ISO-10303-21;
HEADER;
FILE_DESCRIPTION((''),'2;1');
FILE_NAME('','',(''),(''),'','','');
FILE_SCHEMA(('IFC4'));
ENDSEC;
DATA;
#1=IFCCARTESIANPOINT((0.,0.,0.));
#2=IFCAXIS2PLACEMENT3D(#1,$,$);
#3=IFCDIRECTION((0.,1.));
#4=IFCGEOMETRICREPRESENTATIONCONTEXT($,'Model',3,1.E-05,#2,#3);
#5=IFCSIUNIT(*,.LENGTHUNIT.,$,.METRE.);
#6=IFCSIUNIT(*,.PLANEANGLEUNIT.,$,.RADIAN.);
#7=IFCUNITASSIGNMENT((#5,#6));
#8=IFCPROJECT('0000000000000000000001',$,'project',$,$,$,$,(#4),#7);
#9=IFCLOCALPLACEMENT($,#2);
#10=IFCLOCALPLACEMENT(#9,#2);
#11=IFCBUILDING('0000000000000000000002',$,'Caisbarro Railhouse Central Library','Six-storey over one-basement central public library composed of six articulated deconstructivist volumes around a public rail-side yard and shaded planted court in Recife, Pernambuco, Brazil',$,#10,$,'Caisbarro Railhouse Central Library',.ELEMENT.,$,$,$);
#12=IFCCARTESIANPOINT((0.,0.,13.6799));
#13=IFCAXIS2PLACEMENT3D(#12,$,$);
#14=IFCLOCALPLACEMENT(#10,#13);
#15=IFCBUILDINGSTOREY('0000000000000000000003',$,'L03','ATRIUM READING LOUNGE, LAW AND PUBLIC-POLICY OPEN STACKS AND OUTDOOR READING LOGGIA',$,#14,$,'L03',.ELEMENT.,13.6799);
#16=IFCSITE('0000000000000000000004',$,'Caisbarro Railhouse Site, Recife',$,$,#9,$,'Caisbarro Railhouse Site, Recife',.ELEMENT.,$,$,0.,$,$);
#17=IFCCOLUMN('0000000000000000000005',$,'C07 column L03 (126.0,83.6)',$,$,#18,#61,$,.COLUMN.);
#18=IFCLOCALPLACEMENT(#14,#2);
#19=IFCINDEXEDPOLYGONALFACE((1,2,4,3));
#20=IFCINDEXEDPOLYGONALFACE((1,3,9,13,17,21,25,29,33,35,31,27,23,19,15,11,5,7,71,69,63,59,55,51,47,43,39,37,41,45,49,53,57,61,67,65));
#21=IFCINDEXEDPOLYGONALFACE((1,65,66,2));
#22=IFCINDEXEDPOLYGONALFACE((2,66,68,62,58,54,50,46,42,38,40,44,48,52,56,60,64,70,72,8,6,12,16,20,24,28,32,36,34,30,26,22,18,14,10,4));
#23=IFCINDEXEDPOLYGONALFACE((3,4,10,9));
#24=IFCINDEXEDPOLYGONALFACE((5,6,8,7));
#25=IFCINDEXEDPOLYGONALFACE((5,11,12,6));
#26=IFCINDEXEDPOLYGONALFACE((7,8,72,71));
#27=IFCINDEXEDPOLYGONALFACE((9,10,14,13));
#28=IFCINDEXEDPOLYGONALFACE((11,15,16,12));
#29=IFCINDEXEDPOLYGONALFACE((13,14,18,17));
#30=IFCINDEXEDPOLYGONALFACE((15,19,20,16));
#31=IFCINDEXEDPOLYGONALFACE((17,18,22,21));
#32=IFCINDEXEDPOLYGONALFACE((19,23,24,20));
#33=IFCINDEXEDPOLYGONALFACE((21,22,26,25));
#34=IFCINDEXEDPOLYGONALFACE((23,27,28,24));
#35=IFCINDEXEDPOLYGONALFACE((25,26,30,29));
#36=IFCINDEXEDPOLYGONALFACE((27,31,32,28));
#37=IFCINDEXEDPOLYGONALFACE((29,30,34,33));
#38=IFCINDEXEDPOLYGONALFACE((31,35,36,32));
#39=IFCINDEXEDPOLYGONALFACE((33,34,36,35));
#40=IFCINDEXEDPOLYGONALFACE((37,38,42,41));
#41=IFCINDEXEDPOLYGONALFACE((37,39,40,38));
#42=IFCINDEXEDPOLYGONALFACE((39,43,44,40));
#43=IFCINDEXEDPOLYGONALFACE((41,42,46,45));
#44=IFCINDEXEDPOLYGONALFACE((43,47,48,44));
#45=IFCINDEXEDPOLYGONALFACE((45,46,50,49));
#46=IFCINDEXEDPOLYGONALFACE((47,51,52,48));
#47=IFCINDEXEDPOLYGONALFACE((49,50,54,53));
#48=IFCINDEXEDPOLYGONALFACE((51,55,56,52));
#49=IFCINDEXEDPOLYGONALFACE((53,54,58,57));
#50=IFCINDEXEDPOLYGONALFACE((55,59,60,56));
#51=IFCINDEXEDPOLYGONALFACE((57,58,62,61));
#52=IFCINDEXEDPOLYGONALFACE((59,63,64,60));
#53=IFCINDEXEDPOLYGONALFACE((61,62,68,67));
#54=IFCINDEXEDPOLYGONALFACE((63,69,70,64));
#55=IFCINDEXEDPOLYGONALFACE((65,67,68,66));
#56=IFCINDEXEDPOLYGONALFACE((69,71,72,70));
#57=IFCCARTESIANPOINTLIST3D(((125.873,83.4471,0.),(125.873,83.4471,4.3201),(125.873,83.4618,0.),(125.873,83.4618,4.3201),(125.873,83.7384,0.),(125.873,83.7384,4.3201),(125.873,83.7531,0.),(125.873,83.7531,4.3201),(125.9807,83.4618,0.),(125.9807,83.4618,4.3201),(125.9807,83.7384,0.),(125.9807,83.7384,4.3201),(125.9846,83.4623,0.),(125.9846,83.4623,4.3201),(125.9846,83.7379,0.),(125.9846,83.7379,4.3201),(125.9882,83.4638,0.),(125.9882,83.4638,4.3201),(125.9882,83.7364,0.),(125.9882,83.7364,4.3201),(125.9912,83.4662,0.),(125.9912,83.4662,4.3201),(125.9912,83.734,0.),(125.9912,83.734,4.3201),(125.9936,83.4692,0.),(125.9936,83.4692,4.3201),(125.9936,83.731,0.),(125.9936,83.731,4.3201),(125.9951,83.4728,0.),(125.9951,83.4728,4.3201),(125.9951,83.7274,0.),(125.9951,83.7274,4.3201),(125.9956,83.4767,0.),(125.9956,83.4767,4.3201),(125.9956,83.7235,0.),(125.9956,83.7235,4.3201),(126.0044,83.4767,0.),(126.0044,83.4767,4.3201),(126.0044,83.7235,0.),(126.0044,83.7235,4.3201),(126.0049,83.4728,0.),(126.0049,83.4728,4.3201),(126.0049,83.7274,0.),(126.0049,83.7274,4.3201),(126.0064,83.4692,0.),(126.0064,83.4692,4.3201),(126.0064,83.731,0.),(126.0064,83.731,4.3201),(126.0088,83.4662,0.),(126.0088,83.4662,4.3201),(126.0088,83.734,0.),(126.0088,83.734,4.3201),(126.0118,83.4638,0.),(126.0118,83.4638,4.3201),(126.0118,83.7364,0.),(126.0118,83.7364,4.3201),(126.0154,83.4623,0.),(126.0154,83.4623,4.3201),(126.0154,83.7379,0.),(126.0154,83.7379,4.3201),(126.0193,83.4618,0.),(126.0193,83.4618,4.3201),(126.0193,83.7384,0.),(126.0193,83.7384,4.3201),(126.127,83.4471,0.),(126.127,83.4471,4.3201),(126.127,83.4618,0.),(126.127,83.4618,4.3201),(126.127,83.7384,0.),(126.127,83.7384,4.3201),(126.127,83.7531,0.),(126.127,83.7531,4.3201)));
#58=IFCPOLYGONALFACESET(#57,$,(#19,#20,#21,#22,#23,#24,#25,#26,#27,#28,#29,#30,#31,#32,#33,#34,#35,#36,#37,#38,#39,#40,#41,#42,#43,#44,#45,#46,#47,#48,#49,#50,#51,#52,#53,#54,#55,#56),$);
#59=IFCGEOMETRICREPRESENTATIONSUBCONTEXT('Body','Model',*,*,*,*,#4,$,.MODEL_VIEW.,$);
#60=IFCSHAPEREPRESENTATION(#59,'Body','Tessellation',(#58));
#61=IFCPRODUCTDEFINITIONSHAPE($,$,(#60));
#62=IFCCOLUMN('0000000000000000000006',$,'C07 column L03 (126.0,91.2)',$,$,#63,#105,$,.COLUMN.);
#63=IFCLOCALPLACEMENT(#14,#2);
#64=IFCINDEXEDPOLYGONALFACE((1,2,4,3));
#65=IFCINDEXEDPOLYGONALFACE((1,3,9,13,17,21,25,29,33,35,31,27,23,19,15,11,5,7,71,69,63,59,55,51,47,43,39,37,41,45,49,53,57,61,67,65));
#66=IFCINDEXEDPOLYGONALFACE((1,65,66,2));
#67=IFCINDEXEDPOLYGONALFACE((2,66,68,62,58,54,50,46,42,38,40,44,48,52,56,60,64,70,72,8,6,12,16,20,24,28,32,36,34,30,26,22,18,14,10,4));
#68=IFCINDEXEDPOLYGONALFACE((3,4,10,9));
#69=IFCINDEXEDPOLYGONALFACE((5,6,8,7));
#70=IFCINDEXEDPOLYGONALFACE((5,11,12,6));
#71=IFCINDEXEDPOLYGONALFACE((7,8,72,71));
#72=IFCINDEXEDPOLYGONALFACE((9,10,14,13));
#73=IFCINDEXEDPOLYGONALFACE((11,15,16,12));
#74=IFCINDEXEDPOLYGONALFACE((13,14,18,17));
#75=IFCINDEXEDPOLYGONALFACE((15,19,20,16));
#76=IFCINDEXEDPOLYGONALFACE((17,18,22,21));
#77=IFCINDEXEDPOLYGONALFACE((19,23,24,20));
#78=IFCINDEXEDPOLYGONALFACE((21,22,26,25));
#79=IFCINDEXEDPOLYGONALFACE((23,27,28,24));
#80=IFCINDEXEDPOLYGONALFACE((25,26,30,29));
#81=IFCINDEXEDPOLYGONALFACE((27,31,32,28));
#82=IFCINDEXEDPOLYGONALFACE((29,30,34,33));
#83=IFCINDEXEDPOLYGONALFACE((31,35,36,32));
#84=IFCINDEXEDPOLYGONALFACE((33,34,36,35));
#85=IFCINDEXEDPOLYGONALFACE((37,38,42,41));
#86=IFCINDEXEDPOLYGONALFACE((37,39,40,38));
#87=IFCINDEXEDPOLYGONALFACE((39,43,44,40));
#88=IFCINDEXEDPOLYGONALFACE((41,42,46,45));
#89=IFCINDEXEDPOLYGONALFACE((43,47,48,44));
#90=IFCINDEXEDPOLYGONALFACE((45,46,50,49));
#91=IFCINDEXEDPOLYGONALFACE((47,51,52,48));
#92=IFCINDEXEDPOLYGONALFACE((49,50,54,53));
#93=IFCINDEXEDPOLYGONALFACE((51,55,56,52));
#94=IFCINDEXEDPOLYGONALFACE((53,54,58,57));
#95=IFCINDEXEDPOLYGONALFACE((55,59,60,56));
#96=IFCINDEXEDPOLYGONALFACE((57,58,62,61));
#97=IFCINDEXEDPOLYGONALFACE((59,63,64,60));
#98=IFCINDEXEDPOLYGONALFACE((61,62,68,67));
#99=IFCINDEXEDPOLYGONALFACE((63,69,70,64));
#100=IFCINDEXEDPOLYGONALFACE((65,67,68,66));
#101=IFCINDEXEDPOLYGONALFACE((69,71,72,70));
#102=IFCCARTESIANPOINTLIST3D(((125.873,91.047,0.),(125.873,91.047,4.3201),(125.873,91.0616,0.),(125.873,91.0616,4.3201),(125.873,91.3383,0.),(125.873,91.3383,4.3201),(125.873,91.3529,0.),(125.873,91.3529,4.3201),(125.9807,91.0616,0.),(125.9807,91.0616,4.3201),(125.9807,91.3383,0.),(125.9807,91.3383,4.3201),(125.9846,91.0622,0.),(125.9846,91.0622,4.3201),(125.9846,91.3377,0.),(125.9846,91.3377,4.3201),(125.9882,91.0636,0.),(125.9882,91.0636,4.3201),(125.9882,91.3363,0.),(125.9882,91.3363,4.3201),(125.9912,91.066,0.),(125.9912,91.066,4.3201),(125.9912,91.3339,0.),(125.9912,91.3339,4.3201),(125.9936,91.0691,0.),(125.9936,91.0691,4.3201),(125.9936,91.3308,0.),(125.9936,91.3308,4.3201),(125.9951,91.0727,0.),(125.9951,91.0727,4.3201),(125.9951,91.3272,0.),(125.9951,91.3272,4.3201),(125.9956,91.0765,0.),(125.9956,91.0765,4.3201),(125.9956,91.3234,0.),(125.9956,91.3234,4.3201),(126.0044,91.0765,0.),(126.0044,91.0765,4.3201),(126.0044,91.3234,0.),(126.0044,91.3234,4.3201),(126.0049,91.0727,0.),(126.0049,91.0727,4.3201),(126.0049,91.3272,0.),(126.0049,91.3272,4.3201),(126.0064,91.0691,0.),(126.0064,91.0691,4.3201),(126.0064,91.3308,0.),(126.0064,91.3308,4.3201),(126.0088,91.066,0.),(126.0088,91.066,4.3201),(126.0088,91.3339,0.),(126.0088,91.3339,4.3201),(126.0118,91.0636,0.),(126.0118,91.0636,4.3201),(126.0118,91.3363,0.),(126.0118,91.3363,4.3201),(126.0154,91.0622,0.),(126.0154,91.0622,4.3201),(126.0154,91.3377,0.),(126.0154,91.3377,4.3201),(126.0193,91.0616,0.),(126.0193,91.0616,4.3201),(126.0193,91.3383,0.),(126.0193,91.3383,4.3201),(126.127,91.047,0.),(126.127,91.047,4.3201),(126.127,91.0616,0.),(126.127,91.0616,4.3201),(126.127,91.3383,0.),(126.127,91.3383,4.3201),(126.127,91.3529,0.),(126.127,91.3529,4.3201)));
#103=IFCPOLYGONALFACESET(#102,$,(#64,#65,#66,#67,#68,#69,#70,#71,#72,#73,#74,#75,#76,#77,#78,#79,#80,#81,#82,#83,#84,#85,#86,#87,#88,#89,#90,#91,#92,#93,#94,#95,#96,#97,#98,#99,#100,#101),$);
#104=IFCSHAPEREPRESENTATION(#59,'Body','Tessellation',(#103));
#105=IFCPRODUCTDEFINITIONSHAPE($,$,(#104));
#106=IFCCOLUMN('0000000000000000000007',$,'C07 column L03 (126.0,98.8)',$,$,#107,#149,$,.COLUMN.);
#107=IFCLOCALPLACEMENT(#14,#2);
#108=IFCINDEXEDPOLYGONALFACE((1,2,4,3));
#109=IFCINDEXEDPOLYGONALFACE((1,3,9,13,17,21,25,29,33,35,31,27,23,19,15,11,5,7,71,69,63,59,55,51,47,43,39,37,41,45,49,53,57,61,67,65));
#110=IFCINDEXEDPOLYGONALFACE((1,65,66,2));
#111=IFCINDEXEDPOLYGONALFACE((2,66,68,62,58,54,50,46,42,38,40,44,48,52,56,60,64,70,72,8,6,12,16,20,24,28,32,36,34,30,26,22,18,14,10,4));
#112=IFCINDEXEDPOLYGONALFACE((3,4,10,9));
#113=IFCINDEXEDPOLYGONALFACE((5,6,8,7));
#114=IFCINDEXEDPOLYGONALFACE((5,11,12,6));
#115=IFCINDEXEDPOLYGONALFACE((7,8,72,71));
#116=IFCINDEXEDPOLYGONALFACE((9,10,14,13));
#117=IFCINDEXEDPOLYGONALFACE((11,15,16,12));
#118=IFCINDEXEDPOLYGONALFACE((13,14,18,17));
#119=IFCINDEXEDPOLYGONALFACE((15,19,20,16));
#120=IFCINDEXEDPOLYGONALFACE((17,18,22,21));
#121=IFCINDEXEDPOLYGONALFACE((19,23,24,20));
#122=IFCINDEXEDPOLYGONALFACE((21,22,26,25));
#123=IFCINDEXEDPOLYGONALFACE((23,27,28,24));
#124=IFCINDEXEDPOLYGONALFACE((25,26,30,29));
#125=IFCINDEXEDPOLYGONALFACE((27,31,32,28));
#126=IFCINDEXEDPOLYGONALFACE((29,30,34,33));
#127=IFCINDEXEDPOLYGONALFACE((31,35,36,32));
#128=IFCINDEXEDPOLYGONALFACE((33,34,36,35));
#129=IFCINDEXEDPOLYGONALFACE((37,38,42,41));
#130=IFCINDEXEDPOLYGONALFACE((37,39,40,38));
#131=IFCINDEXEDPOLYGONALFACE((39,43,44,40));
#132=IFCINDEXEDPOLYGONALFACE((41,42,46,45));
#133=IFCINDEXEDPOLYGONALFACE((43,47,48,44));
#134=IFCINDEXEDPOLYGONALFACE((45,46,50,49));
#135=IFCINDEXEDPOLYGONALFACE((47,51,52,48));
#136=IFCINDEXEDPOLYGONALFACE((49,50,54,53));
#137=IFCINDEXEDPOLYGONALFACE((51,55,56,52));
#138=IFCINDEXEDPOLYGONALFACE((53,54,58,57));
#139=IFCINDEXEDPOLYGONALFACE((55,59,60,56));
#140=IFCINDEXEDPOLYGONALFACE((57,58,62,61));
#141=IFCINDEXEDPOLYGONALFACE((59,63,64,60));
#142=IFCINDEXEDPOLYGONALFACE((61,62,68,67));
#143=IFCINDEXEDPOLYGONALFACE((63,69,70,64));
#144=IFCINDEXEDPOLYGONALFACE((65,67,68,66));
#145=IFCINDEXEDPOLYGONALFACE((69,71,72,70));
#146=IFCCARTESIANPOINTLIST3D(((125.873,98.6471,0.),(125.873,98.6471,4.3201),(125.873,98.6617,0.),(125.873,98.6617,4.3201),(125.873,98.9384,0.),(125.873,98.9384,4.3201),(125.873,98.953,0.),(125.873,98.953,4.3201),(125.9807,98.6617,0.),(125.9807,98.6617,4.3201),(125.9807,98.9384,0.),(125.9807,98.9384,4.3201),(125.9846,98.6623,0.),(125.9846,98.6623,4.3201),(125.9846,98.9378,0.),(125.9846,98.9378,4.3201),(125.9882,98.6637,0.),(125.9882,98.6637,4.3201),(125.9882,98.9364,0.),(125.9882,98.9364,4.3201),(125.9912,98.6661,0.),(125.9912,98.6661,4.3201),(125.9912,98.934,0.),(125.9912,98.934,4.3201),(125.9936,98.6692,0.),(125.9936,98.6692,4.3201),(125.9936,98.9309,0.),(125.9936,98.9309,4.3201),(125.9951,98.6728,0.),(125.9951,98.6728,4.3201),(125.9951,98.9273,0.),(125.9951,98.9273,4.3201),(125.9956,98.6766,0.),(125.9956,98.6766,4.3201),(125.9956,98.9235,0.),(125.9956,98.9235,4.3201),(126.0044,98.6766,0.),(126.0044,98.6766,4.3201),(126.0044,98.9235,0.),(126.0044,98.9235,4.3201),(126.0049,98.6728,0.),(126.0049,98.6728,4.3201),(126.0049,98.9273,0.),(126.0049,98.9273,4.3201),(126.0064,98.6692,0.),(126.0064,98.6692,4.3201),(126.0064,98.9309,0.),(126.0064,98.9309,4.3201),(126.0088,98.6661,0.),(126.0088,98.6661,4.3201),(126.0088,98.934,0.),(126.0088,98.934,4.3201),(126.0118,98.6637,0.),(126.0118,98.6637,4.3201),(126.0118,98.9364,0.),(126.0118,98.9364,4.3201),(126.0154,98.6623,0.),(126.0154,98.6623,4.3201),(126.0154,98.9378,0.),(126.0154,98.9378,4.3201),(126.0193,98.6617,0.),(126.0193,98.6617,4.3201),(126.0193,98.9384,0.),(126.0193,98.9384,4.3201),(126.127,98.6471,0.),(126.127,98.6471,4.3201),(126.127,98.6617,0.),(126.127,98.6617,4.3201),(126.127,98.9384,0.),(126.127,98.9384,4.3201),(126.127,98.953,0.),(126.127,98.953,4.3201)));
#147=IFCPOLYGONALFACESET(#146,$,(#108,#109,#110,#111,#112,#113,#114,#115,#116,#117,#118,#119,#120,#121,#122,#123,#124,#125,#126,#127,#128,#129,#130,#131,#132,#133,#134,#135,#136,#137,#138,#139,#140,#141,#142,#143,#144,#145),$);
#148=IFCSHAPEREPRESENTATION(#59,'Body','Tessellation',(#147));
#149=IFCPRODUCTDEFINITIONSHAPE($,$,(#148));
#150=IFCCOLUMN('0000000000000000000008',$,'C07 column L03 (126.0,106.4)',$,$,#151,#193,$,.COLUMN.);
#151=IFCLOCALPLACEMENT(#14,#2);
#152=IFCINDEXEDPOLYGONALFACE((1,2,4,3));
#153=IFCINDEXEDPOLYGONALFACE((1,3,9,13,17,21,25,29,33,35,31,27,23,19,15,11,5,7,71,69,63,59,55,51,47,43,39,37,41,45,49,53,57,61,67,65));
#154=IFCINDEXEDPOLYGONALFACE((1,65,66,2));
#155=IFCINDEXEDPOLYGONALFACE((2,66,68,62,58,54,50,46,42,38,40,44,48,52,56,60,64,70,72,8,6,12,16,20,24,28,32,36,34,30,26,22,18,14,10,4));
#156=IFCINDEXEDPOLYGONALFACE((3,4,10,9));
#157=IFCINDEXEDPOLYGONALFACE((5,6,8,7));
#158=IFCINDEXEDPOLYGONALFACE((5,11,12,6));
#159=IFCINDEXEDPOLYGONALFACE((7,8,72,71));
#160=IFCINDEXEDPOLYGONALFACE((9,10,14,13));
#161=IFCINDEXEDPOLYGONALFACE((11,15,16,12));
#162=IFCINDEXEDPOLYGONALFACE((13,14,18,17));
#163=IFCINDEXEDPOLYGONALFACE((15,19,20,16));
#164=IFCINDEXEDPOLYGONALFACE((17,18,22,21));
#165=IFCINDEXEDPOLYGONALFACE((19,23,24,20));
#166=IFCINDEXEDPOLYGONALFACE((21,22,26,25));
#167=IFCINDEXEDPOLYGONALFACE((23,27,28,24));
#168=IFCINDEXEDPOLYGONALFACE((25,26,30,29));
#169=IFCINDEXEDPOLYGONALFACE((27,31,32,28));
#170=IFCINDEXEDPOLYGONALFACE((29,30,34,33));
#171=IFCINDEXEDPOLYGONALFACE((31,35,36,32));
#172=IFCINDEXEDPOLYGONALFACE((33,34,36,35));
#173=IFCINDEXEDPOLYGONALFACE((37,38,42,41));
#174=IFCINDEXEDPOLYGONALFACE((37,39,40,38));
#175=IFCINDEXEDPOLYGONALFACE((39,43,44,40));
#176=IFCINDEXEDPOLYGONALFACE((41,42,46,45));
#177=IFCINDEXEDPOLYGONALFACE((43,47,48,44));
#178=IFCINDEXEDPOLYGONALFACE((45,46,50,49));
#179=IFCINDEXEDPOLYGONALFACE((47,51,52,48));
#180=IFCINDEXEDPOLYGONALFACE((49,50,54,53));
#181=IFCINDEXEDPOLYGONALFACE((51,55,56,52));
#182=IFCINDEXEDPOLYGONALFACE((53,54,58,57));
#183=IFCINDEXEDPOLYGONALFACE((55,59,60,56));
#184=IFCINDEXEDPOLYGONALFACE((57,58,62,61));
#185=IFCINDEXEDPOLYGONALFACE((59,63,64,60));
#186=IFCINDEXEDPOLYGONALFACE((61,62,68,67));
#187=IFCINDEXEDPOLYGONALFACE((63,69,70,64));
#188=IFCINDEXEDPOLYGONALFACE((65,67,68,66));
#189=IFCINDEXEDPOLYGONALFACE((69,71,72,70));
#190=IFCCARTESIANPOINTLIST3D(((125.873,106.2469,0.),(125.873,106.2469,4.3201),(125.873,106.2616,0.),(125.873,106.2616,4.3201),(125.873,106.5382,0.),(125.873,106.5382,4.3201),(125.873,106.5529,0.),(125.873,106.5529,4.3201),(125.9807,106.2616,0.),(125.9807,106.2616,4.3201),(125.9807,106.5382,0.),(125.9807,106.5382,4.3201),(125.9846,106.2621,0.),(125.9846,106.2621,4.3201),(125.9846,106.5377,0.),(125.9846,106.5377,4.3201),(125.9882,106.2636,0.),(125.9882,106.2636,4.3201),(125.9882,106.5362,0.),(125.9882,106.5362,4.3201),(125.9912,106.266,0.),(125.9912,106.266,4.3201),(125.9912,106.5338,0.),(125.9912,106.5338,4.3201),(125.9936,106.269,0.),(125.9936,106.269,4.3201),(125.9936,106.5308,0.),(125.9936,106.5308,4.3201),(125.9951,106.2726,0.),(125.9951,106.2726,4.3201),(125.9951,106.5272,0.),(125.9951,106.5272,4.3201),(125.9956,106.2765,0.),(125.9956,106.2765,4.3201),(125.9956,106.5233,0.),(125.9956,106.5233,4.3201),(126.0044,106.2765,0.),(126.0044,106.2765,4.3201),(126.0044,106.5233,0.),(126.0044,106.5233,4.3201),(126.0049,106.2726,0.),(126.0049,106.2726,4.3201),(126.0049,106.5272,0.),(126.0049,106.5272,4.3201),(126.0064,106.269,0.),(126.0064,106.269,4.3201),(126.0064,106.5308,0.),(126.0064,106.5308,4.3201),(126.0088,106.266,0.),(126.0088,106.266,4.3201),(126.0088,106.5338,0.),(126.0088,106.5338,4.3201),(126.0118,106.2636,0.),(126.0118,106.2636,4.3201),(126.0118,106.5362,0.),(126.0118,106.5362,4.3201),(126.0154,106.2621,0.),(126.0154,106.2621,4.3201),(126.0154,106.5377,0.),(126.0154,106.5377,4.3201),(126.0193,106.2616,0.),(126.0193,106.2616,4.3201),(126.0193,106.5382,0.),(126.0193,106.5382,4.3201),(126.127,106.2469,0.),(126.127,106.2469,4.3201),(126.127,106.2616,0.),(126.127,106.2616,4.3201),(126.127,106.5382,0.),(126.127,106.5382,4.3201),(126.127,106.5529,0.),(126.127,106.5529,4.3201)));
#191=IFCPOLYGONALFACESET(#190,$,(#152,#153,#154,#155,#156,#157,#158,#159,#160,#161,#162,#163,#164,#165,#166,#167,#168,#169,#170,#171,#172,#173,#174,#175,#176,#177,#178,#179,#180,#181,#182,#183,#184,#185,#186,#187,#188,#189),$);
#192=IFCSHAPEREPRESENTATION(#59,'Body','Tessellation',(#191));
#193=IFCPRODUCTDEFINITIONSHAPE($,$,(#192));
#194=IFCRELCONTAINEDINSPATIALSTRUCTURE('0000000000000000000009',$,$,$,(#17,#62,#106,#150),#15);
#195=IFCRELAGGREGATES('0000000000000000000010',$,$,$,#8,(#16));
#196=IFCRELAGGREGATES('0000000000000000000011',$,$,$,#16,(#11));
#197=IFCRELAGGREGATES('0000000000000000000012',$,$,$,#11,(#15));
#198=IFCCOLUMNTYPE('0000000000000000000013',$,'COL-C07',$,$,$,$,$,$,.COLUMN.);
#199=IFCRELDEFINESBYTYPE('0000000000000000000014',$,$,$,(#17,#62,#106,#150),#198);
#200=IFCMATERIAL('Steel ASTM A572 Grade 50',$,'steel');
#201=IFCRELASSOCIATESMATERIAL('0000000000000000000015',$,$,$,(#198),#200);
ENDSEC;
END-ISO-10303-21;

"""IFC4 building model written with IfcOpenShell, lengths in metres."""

from ifc_helpers import new_model, si_unit, direction, frame, origin, origin_2d, place, context, subcontext, project, spatial, i_section, extrude, material, material_profile, profile_set, type_object, element, save


model = new_model("IFC4")

# Units and contexts
model_context = context("Model", 3, precision=1e-05, world=origin(), true_north=direction((0.0, 1.0)))
body_context = subcontext(model_context, "Body", "Model", "MODEL_VIEW")
ifc_project = project(units=[si_unit("LENGTHUNIT", "METRE"), si_unit("PLANEANGLEUNIT", "RADIAN")], contexts=[model_context])

# Site, building, storey
site_placement = place(None, origin())
site = spatial("IfcSite", under=ifc_project, at=site_placement, Name="Caisbarro Railhouse Site, Recife", LongName="Caisbarro Railhouse Site, Recife", CompositionType="ELEMENT", RefElevation=0.0)
building_placement = place(site_placement, origin())
building = spatial("IfcBuilding", under=site, at=building_placement, Name="Caisbarro Railhouse Central Library", Description="Six-storey over one-basement central public library composed of six articulated deconstructivist volumes around a public rail-side yard and shaded planted court in Recife, Pernambuco, Brazil", LongName="Caisbarro Railhouse Central Library", CompositionType="ELEMENT")
storey_placement = place(building_placement, frame((0.0, 0.0, 13.6799)))
storey = spatial("IfcBuildingStorey", under=building, at=storey_placement, Name="L03", Description="ATRIUM READING LOUNGE, LAW AND PUBLIC-POLICY OPEN STACKS AND OUTDOOR READING LOGGIA", LongName="L03", CompositionType="ELEMENT", Elevation=13.6799)

# Columns
ifc_material_1 = material(Name="Steel ASTM A572 Grade 50", Category="steel")
ifc_material_profile_1 = material_profile(ifc_material_1, i_section(OverallWidth=0.2539, OverallDepth=0.3059, WebThickness=0.0088, FlangeThickness=0.0146, FilletRadius=0.0149, at=origin_2d()), Name="W310X79.0")
ifc_profile_set_1 = profile_set([ifc_material_profile_1], Name="Steel ASTM A572 Grade 50")
column_type = type_object("IfcColumnType", Name="COL-C07", PredefinedType="COLUMN", material=ifc_profile_set_1)
for number, where, z_axis, x_axis, name in (
    (1, (126.0, 83.6001, 0.0), (0.0, 0.0, 1.0), (1.0, 0.0, 0.0), "C07 column L03 (126.0,83.6)"),
    (2, (126.0, 91.2, 0.0), (0.0, 0.0, 1.0), (1.0, 0.0, 0.0), "C07 column L03 (126.0,91.2)"),
    (3, (126.0, 98.8, 0.0), (0.0, 0.0, 1.0), (1.0, 0.0, 0.0), "C07 column L03 (126.0,98.8)"),
    (4, (126.0, 106.3999, 0.0), (0.0, 0.0, 1.0), (1.0, 0.0, 0.0), "C07 column L03 (126.0,106.4)"),
):
    element("IfcColumn", number, at=place(storey_placement, frame(where, z_axis=z_axis, x_axis=x_axis)), inside=storey, type_object=column_type, Name=name, PredefinedType="COLUMN", context=body_context, shape_type="SweptSolid", body=[
        extrude(i_section(OverallWidth=0.2539, OverallDepth=0.3059, WebThickness=0.0088, FlangeThickness=0.0146, FilletRadius=0.0149, at=origin_2d()), origin(), (0.0, 0.0, 1.0), 4.3201),
    ])

save(model, "model.ifc")
